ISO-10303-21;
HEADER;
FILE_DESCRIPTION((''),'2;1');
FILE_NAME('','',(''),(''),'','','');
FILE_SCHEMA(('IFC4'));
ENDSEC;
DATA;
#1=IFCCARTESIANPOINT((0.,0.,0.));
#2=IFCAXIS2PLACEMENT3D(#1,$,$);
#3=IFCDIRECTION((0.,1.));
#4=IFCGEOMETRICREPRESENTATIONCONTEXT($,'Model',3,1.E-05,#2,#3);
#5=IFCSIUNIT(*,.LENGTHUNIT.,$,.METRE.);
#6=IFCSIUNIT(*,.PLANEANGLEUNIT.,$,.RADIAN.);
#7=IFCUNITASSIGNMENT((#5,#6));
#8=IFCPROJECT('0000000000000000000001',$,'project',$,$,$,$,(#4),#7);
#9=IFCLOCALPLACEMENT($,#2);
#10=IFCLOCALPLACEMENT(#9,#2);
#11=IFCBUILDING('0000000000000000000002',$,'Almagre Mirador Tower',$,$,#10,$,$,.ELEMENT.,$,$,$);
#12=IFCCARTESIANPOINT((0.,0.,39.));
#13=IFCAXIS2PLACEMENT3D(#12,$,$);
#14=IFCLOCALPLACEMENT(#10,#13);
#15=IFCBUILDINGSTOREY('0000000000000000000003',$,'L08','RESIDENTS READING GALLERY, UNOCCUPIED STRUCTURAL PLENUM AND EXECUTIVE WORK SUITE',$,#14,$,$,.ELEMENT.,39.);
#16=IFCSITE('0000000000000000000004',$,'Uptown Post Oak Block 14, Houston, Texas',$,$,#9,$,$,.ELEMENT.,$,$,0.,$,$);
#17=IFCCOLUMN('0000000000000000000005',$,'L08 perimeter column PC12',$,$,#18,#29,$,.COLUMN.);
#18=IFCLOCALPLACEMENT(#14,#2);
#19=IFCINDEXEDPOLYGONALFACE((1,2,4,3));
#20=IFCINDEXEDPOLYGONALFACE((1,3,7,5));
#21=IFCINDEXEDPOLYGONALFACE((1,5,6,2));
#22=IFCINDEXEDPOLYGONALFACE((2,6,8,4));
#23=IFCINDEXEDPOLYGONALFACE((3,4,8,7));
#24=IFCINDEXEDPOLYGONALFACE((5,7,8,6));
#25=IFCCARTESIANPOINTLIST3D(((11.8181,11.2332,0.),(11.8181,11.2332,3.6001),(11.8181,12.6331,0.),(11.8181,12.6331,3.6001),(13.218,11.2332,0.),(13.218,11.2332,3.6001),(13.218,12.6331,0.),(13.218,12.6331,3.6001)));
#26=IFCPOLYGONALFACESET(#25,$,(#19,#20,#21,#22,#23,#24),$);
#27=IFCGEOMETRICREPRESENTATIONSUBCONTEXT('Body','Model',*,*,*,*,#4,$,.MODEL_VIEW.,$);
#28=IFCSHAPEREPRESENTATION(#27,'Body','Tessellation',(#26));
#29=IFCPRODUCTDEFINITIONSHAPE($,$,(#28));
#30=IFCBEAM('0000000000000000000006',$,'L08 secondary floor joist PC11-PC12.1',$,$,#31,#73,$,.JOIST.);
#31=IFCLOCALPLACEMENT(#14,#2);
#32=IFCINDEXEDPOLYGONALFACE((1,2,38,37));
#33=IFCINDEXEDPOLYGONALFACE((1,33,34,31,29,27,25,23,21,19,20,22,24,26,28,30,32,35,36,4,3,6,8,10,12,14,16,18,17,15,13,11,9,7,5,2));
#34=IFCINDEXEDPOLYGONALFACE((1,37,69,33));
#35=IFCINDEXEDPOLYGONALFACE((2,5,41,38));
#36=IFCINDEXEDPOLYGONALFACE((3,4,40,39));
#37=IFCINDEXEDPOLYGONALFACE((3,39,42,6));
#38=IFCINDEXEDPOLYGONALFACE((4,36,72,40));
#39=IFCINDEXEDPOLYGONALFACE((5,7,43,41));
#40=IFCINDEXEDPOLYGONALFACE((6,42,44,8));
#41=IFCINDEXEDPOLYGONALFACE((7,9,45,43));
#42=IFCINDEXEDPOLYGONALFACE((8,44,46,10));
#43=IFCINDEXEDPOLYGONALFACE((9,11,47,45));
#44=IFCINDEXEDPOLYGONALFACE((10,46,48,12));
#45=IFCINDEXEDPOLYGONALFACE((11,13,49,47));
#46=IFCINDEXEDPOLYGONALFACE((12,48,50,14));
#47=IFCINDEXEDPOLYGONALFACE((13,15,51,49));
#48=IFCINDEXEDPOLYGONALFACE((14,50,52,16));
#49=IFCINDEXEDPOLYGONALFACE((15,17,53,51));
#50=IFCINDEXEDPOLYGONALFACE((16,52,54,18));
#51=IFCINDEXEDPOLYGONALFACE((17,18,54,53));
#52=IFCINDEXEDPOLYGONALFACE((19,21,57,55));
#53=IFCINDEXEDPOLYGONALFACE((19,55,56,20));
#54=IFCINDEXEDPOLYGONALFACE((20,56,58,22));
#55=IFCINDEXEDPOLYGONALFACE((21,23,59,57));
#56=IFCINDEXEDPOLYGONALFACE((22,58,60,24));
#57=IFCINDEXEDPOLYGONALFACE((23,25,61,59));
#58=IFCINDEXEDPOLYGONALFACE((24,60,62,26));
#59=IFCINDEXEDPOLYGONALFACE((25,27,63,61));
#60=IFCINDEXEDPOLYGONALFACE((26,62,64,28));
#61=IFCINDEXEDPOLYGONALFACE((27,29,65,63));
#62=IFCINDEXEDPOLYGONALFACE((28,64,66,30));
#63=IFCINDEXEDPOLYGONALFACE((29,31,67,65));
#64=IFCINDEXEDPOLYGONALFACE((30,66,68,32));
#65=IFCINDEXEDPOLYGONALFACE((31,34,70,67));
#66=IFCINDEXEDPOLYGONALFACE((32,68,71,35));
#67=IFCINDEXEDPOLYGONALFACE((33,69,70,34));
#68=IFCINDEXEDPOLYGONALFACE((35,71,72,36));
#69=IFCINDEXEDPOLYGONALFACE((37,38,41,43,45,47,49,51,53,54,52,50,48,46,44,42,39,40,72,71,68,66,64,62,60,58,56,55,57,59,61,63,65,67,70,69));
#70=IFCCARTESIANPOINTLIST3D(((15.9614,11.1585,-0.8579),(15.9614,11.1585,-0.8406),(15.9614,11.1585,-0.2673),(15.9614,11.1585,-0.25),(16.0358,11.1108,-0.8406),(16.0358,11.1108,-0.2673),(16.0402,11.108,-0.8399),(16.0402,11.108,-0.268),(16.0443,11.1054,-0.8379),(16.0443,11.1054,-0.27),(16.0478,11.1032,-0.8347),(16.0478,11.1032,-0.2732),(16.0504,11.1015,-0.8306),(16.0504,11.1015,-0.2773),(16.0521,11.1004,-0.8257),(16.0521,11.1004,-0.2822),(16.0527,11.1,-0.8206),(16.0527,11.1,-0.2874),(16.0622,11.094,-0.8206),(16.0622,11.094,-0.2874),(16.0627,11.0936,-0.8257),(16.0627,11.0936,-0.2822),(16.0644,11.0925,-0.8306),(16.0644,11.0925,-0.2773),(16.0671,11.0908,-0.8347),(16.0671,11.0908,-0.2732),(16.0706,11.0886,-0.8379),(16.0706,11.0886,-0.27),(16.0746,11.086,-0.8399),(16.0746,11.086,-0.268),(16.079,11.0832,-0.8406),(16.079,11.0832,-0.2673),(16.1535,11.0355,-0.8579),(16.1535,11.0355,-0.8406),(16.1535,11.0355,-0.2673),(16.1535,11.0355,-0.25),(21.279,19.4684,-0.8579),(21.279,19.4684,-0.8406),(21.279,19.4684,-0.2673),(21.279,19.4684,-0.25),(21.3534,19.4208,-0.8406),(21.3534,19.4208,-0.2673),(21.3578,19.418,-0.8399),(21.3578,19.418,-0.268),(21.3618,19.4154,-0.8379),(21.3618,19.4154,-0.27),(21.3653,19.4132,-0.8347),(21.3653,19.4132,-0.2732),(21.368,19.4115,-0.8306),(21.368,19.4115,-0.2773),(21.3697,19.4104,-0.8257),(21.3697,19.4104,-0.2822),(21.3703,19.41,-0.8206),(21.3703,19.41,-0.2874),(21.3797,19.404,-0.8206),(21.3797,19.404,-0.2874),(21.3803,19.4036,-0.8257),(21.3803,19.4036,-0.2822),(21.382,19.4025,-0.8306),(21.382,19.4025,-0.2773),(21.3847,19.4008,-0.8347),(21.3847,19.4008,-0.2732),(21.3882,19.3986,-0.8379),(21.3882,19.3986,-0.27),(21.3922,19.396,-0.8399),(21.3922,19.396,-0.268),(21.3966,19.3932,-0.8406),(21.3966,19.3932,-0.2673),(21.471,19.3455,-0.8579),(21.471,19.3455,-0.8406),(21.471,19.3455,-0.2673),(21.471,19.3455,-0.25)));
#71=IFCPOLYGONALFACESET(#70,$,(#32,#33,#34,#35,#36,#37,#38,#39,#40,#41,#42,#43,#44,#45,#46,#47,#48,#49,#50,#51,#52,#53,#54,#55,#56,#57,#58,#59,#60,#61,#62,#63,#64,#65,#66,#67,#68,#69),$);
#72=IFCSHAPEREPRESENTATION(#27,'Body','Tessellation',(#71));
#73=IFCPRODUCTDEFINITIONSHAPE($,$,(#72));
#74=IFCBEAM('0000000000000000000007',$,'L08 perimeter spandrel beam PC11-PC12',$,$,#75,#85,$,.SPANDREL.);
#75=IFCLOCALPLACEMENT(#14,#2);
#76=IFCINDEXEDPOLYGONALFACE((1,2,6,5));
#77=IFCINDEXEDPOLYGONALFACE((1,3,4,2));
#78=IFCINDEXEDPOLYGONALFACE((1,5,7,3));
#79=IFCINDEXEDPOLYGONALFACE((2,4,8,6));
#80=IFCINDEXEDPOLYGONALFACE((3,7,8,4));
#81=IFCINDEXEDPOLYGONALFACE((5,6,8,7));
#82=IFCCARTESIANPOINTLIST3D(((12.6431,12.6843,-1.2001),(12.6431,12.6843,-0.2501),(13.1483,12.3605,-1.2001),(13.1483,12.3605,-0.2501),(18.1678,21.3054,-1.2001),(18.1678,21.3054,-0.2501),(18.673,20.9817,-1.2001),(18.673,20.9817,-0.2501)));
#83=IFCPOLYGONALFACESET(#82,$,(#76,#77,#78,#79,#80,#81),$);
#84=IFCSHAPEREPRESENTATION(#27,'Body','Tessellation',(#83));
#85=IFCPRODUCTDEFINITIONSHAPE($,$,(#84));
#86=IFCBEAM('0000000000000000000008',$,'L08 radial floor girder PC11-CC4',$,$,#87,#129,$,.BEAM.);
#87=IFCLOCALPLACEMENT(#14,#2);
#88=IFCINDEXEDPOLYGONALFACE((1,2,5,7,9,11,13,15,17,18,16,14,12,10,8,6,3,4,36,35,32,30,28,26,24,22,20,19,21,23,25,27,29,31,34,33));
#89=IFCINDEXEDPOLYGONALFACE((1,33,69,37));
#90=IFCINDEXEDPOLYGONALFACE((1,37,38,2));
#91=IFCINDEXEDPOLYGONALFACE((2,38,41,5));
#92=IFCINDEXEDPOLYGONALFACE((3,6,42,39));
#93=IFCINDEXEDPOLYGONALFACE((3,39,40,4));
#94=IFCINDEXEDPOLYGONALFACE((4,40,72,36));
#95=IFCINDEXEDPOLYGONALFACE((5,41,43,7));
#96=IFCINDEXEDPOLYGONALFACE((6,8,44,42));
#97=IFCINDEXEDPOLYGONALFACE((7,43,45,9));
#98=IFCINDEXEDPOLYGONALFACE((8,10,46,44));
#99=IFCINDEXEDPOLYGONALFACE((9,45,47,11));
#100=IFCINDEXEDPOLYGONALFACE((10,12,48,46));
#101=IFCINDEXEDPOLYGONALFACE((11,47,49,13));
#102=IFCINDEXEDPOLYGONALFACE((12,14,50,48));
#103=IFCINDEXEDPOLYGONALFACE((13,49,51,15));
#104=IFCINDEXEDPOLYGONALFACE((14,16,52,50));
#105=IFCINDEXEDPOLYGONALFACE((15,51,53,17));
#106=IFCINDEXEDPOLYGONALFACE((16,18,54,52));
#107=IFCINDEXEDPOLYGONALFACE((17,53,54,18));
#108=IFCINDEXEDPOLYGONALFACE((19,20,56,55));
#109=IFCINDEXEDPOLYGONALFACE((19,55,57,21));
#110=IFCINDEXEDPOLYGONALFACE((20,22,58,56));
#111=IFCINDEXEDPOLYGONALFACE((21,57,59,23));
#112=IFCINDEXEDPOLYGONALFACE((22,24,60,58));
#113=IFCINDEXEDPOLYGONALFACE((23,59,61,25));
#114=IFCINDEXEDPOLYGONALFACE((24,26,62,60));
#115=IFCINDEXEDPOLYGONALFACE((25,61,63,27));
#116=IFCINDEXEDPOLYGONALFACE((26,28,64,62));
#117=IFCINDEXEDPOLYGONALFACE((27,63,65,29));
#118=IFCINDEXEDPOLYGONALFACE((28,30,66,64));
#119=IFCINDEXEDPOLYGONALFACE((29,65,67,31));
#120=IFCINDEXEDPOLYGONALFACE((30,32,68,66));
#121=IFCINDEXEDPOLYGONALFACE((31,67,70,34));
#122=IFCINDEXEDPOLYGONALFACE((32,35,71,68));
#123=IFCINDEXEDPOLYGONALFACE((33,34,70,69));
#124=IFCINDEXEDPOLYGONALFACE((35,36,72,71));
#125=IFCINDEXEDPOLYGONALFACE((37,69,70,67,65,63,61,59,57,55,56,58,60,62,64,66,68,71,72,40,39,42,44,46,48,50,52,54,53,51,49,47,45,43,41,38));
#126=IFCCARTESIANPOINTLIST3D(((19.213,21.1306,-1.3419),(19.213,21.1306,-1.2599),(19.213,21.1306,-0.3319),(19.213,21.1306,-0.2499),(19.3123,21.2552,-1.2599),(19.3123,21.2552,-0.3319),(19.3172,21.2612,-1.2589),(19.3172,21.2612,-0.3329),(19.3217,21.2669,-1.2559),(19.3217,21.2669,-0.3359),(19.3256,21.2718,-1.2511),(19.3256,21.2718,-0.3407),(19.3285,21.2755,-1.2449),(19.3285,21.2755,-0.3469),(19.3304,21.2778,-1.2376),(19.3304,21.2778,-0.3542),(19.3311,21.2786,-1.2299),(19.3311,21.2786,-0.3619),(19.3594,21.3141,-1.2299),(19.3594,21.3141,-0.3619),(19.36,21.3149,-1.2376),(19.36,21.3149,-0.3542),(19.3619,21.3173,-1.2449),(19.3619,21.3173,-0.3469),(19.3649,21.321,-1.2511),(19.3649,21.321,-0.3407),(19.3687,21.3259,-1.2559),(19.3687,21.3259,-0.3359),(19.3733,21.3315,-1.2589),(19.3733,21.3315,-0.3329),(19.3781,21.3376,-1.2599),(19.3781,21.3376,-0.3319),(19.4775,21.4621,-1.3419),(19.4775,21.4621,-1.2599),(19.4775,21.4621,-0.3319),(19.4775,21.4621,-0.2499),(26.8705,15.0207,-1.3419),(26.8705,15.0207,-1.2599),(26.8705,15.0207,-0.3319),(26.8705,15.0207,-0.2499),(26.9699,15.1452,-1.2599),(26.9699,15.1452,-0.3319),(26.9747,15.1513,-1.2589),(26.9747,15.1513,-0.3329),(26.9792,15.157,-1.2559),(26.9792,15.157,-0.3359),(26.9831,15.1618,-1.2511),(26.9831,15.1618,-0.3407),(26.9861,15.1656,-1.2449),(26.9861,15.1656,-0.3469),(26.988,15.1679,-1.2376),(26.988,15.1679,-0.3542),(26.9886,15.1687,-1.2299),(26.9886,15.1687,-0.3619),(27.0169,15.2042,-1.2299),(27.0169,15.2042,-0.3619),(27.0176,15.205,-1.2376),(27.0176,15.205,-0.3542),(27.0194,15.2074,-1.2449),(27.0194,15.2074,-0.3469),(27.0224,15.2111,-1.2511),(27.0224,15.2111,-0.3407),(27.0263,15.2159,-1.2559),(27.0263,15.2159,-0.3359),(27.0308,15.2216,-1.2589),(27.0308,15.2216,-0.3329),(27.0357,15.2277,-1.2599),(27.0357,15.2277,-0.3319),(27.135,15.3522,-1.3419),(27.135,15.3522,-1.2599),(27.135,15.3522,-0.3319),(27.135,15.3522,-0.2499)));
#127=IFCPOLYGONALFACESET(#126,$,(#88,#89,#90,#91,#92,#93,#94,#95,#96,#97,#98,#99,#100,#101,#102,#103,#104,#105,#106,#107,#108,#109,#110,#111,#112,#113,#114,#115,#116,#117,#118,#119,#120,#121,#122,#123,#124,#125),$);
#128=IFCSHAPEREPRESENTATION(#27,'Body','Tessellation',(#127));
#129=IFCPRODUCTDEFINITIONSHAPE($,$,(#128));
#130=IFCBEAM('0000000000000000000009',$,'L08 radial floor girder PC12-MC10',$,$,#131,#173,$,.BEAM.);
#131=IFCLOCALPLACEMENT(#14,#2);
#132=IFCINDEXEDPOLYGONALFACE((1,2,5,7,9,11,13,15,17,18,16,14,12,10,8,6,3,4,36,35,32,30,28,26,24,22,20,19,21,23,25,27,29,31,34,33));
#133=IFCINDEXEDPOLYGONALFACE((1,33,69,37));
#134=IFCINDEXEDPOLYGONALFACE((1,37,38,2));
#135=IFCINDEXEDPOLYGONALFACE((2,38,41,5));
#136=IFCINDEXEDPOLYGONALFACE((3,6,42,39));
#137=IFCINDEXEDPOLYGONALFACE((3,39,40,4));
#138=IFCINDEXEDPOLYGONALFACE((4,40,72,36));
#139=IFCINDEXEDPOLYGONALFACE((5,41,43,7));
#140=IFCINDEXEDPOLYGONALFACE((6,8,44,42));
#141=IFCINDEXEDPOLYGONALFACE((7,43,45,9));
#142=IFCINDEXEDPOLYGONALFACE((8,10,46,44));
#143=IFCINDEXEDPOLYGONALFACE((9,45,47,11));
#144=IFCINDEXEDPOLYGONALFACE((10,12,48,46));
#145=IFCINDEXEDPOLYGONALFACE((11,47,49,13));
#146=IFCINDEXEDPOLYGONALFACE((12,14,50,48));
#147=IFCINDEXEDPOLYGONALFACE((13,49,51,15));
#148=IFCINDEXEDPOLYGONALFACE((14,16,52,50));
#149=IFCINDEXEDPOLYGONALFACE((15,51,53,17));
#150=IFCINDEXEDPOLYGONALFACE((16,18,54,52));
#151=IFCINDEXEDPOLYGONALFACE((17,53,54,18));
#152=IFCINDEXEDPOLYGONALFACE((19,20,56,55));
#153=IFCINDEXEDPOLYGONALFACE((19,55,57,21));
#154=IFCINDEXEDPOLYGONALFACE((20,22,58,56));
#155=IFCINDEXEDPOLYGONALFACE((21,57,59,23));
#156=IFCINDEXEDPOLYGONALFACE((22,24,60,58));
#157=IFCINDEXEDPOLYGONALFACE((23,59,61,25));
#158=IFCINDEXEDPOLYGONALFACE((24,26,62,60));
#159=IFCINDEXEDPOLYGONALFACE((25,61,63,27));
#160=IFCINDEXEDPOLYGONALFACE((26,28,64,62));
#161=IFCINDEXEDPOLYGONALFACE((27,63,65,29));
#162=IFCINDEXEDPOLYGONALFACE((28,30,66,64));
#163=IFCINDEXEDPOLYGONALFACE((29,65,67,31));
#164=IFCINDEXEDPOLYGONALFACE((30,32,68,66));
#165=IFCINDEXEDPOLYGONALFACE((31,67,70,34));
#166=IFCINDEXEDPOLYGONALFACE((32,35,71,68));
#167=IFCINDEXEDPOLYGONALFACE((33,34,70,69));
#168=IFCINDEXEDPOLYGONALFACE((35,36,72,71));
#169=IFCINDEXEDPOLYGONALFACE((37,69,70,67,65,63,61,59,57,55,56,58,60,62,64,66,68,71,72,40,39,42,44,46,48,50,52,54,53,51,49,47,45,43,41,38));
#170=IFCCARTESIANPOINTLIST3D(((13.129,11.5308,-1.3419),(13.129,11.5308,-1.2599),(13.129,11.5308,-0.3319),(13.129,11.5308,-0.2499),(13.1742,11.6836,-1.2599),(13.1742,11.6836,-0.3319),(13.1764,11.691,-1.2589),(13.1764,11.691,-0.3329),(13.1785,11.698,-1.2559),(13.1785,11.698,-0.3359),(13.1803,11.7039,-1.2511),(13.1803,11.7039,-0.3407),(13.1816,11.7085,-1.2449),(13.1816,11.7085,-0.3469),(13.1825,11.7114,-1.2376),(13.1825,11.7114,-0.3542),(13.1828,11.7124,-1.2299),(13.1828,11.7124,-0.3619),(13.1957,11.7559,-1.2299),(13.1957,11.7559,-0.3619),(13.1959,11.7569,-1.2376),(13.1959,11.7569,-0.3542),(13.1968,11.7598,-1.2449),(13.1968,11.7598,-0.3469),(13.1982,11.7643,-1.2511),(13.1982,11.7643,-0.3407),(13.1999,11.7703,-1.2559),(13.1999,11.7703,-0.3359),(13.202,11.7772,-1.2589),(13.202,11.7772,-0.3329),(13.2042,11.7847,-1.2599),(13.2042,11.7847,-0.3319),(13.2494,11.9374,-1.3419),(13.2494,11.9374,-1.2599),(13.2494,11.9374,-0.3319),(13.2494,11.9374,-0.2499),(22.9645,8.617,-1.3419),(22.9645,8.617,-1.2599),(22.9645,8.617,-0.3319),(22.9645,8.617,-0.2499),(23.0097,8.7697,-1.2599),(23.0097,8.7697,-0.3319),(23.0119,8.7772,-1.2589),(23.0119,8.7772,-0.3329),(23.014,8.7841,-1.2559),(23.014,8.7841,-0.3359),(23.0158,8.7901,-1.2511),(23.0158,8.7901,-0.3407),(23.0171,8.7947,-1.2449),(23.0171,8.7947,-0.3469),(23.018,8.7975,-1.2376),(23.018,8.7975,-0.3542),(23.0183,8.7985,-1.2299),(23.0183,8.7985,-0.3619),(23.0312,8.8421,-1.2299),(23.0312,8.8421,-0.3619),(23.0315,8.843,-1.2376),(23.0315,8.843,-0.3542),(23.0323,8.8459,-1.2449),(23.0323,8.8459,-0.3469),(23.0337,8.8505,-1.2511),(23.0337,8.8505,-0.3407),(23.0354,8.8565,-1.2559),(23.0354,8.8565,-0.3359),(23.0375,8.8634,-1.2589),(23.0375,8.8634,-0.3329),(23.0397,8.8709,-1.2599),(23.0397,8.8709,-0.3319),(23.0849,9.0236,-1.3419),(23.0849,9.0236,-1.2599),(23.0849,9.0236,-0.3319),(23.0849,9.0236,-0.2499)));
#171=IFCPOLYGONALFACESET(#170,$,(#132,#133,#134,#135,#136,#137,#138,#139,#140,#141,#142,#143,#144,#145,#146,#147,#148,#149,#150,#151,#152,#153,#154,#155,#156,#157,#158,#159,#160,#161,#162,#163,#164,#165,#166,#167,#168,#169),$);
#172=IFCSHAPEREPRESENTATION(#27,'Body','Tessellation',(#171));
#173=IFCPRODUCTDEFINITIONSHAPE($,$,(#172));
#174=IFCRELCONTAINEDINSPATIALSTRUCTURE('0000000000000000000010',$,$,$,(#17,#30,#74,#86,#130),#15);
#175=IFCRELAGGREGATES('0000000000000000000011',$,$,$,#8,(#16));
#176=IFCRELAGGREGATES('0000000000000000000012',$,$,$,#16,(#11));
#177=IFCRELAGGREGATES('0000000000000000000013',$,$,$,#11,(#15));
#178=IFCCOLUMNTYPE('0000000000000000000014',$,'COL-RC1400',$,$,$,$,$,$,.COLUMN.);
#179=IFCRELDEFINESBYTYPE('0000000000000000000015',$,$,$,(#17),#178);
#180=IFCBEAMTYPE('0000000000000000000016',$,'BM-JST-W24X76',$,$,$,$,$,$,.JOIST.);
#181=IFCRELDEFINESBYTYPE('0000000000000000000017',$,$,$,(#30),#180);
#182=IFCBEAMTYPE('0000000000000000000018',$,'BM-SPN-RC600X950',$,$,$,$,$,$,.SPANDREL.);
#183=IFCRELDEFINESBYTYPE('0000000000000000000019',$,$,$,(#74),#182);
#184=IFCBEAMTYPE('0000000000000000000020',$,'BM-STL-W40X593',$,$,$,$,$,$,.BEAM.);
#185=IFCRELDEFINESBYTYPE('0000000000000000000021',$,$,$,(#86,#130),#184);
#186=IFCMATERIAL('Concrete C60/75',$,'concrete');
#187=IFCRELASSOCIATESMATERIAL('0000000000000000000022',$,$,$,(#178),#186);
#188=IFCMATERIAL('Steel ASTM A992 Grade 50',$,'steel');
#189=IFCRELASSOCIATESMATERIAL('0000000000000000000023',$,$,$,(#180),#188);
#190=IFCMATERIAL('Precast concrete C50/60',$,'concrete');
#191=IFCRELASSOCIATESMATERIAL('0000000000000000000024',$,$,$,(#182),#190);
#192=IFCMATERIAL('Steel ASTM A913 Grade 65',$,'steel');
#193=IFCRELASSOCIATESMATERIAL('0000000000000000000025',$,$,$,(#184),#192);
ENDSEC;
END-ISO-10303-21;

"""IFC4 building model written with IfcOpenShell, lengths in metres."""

from ifc_helpers import new_model, si_unit, direction, frame, origin, origin_2d, place, context, subcontext, project, spatial, rectangle, i_section, extrude, material, material_profile, profile_set, type_object, element, save


model = new_model("IFC4")

# Units and contexts
model_context = context("Model", 3, precision=1e-05, world=origin(), true_north=direction((0.0, 1.0)))
body_context = subcontext(model_context, "Body", "Model", "MODEL_VIEW")
ifc_project = project(units=[si_unit("LENGTHUNIT", "METRE"), si_unit("PLANEANGLEUNIT", "RADIAN")], contexts=[model_context])

# Site, building, storey
site_placement = place(None, origin())
site = spatial("IfcSite", under=ifc_project, at=site_placement, Name="Uptown Post Oak Block 14, Houston, Texas", CompositionType="ELEMENT", RefElevation=0.0)
building_placement = place(site_placement, origin())
building = spatial("IfcBuilding", under=site, at=building_placement, Name="Almagre Mirador Tower", CompositionType="ELEMENT")
storey_placement = place(building_placement, frame((0.0, 0.0, 39.0)))
storey = spatial("IfcBuildingStorey", under=building, at=storey_placement, Name="L08", Description="RESIDENTS READING GALLERY, UNOCCUPIED STRUCTURAL PLENUM AND EXECUTIVE WORK SUITE", CompositionType="ELEMENT", Elevation=39.0)

# Column
ifc_material_1 = material(Name="Concrete C60/75", Category="concrete")
ifc_material_profile_1 = material_profile(ifc_material_1, rectangle(XDim=1.3999, YDim=1.3999, at=origin_2d()), Name="RC1400X1400")
ifc_profile_set_1 = profile_set([ifc_material_profile_1], Name="Concrete C60/75")
column_type = type_object("IfcColumnType", Name="COL-RC1400", PredefinedType="COLUMN", material=ifc_profile_set_1)
column_placement = place(storey_placement, frame((12.5181, 11.9331, 0.0), z_axis=(0.0, 0.0, 1.0), x_axis=(1.0, 0.0, 0.0)))
element("IfcColumn", 1, at=column_placement, inside=storey, type_object=column_type, Name="L08 perimeter column PC12", PredefinedType="COLUMN", context=body_context, shape_type="SweptSolid", body=[
    extrude(rectangle(XDim=1.3999, YDim=1.3999, at=origin_2d()), origin(), (0.0, 0.0, 1.0), 3.6001),
])

# Beams
ifc_material_2 = material(Name="Steel ASTM A992 Grade 50", Category="steel")
ifc_material_profile_2 = material_profile(ifc_material_2, i_section(OverallWidth=0.228, OverallDepth=0.6079, WebThickness=0.0112, FlangeThickness=0.0173, FilletRadius=0.02, at=origin_2d()), Name="W24X76")
ifc_profile_set_2 = profile_set([ifc_material_profile_2], Name="Steel ASTM A992 Grade 50")
beam_type_1 = type_object("IfcBeamType", Name="BM-JST-W24X76", PredefinedType="JOIST", material=ifc_profile_set_2)
beam_1_placement = place(storey_placement, frame((21.375, 19.407, -0.554), z_axis=(-0.538995, -0.842309, 0.0), x_axis=(0.842309, -0.538995, 0.0)))
element("IfcBeam", 2, at=beam_1_placement, inside=storey, type_object=beam_type_1, Name="L08 secondary floor joist PC11-PC12.1", PredefinedType="JOIST", context=body_context, shape_type="SweptSolid", body=[
    extrude(i_section(OverallWidth=0.228, OverallDepth=0.6079, WebThickness=0.0112, FlangeThickness=0.0173, FilletRadius=0.02, at=origin_2d()), origin(), (0.0, 0.0, 1.0), 9.8657),
])
ifc_material_3 = material(Name="Precast concrete C50/60", Category="concrete")
ifc_material_profile_3 = material_profile(ifc_material_3, rectangle(XDim=0.6001, YDim=0.95, at=origin_2d()), Name="RC600X950")
ifc_profile_set_3 = profile_set([ifc_material_profile_3], Name="Precast concrete C50/60")
beam_type_2 = type_object("IfcBeamType", Name="BM-SPN-RC600X950", PredefinedType="SPANDREL", material=ifc_profile_set_3)
beam_2_placement = place(storey_placement, frame((18.4204, 21.1436, -0.7251), z_axis=(-0.53955, -0.841954, 0.0), x_axis=(0.841954, -0.53955, 0.0)))
element("IfcBeam", 3, at=beam_2_placement, inside=storey, type_object=beam_type_2, Name="L08 perimeter spandrel beam PC11-PC12", PredefinedType="SPANDREL", context=body_context, shape_type="SweptSolid", body=[
    extrude(rectangle(XDim=0.6001, YDim=0.95, at=origin_2d()), origin(), (0.0, 0.0, 1.0), 10.2395),
])
ifc_material_4 = material(Name="Steel ASTM A913 Grade 65", Category="steel")
ifc_material_profile_4 = material_profile(ifc_material_4, i_section(OverallWidth=0.4241, OverallDepth=1.092, WebThickness=0.0454, FlangeThickness=0.082, FilletRadius=0.03, at=origin_2d()), Name="W40X593")
ifc_profile_set_4 = profile_set([ifc_material_profile_4], Name="Steel ASTM A913 Grade 65")
beam_type_3 = type_object("IfcBeamType", Name="BM-STL-W40X593", PredefinedType="BEAM", material=ifc_profile_set_4)
beam_3_placement = place(storey_placement, frame((19.3452, 21.2964, -0.7959), z_axis=(0.781671, -0.623692, 0.0), x_axis=(0.623692, 0.781671, 0.0)))
element("IfcBeam", 4, at=beam_3_placement, inside=storey, type_object=beam_type_3, Name="L08 radial floor girder PC11-CC4", PredefinedType="BEAM", context=body_context, shape_type="SweptSolid", body=[
    extrude(i_section(OverallWidth=0.4241, OverallDepth=1.092, WebThickness=0.0454, FlangeThickness=0.082, FilletRadius=0.03, at=origin_2d()), origin(), (0.0, 0.0, 1.0), 9.7964),
])
beam_4_placement = place(storey_placement, frame((13.1892, 11.7341, -0.7959), z_axis=(0.958808, -0.284053, 0.0), x_axis=(0.284053, 0.958808, 0.0)))
element("IfcBeam", 5, at=beam_4_placement, inside=storey, type_object=beam_type_3, Name="L08 radial floor girder PC12-MC10", PredefinedType="BEAM", context=body_context, shape_type="SweptSolid", body=[
    extrude(i_section(OverallWidth=0.4241, OverallDepth=1.092, WebThickness=0.0454, FlangeThickness=0.082, FilletRadius=0.03, at=origin_2d()), origin(), (0.0, 0.0, 1.0), 10.2581),
])

save(model, "model.ifc")
